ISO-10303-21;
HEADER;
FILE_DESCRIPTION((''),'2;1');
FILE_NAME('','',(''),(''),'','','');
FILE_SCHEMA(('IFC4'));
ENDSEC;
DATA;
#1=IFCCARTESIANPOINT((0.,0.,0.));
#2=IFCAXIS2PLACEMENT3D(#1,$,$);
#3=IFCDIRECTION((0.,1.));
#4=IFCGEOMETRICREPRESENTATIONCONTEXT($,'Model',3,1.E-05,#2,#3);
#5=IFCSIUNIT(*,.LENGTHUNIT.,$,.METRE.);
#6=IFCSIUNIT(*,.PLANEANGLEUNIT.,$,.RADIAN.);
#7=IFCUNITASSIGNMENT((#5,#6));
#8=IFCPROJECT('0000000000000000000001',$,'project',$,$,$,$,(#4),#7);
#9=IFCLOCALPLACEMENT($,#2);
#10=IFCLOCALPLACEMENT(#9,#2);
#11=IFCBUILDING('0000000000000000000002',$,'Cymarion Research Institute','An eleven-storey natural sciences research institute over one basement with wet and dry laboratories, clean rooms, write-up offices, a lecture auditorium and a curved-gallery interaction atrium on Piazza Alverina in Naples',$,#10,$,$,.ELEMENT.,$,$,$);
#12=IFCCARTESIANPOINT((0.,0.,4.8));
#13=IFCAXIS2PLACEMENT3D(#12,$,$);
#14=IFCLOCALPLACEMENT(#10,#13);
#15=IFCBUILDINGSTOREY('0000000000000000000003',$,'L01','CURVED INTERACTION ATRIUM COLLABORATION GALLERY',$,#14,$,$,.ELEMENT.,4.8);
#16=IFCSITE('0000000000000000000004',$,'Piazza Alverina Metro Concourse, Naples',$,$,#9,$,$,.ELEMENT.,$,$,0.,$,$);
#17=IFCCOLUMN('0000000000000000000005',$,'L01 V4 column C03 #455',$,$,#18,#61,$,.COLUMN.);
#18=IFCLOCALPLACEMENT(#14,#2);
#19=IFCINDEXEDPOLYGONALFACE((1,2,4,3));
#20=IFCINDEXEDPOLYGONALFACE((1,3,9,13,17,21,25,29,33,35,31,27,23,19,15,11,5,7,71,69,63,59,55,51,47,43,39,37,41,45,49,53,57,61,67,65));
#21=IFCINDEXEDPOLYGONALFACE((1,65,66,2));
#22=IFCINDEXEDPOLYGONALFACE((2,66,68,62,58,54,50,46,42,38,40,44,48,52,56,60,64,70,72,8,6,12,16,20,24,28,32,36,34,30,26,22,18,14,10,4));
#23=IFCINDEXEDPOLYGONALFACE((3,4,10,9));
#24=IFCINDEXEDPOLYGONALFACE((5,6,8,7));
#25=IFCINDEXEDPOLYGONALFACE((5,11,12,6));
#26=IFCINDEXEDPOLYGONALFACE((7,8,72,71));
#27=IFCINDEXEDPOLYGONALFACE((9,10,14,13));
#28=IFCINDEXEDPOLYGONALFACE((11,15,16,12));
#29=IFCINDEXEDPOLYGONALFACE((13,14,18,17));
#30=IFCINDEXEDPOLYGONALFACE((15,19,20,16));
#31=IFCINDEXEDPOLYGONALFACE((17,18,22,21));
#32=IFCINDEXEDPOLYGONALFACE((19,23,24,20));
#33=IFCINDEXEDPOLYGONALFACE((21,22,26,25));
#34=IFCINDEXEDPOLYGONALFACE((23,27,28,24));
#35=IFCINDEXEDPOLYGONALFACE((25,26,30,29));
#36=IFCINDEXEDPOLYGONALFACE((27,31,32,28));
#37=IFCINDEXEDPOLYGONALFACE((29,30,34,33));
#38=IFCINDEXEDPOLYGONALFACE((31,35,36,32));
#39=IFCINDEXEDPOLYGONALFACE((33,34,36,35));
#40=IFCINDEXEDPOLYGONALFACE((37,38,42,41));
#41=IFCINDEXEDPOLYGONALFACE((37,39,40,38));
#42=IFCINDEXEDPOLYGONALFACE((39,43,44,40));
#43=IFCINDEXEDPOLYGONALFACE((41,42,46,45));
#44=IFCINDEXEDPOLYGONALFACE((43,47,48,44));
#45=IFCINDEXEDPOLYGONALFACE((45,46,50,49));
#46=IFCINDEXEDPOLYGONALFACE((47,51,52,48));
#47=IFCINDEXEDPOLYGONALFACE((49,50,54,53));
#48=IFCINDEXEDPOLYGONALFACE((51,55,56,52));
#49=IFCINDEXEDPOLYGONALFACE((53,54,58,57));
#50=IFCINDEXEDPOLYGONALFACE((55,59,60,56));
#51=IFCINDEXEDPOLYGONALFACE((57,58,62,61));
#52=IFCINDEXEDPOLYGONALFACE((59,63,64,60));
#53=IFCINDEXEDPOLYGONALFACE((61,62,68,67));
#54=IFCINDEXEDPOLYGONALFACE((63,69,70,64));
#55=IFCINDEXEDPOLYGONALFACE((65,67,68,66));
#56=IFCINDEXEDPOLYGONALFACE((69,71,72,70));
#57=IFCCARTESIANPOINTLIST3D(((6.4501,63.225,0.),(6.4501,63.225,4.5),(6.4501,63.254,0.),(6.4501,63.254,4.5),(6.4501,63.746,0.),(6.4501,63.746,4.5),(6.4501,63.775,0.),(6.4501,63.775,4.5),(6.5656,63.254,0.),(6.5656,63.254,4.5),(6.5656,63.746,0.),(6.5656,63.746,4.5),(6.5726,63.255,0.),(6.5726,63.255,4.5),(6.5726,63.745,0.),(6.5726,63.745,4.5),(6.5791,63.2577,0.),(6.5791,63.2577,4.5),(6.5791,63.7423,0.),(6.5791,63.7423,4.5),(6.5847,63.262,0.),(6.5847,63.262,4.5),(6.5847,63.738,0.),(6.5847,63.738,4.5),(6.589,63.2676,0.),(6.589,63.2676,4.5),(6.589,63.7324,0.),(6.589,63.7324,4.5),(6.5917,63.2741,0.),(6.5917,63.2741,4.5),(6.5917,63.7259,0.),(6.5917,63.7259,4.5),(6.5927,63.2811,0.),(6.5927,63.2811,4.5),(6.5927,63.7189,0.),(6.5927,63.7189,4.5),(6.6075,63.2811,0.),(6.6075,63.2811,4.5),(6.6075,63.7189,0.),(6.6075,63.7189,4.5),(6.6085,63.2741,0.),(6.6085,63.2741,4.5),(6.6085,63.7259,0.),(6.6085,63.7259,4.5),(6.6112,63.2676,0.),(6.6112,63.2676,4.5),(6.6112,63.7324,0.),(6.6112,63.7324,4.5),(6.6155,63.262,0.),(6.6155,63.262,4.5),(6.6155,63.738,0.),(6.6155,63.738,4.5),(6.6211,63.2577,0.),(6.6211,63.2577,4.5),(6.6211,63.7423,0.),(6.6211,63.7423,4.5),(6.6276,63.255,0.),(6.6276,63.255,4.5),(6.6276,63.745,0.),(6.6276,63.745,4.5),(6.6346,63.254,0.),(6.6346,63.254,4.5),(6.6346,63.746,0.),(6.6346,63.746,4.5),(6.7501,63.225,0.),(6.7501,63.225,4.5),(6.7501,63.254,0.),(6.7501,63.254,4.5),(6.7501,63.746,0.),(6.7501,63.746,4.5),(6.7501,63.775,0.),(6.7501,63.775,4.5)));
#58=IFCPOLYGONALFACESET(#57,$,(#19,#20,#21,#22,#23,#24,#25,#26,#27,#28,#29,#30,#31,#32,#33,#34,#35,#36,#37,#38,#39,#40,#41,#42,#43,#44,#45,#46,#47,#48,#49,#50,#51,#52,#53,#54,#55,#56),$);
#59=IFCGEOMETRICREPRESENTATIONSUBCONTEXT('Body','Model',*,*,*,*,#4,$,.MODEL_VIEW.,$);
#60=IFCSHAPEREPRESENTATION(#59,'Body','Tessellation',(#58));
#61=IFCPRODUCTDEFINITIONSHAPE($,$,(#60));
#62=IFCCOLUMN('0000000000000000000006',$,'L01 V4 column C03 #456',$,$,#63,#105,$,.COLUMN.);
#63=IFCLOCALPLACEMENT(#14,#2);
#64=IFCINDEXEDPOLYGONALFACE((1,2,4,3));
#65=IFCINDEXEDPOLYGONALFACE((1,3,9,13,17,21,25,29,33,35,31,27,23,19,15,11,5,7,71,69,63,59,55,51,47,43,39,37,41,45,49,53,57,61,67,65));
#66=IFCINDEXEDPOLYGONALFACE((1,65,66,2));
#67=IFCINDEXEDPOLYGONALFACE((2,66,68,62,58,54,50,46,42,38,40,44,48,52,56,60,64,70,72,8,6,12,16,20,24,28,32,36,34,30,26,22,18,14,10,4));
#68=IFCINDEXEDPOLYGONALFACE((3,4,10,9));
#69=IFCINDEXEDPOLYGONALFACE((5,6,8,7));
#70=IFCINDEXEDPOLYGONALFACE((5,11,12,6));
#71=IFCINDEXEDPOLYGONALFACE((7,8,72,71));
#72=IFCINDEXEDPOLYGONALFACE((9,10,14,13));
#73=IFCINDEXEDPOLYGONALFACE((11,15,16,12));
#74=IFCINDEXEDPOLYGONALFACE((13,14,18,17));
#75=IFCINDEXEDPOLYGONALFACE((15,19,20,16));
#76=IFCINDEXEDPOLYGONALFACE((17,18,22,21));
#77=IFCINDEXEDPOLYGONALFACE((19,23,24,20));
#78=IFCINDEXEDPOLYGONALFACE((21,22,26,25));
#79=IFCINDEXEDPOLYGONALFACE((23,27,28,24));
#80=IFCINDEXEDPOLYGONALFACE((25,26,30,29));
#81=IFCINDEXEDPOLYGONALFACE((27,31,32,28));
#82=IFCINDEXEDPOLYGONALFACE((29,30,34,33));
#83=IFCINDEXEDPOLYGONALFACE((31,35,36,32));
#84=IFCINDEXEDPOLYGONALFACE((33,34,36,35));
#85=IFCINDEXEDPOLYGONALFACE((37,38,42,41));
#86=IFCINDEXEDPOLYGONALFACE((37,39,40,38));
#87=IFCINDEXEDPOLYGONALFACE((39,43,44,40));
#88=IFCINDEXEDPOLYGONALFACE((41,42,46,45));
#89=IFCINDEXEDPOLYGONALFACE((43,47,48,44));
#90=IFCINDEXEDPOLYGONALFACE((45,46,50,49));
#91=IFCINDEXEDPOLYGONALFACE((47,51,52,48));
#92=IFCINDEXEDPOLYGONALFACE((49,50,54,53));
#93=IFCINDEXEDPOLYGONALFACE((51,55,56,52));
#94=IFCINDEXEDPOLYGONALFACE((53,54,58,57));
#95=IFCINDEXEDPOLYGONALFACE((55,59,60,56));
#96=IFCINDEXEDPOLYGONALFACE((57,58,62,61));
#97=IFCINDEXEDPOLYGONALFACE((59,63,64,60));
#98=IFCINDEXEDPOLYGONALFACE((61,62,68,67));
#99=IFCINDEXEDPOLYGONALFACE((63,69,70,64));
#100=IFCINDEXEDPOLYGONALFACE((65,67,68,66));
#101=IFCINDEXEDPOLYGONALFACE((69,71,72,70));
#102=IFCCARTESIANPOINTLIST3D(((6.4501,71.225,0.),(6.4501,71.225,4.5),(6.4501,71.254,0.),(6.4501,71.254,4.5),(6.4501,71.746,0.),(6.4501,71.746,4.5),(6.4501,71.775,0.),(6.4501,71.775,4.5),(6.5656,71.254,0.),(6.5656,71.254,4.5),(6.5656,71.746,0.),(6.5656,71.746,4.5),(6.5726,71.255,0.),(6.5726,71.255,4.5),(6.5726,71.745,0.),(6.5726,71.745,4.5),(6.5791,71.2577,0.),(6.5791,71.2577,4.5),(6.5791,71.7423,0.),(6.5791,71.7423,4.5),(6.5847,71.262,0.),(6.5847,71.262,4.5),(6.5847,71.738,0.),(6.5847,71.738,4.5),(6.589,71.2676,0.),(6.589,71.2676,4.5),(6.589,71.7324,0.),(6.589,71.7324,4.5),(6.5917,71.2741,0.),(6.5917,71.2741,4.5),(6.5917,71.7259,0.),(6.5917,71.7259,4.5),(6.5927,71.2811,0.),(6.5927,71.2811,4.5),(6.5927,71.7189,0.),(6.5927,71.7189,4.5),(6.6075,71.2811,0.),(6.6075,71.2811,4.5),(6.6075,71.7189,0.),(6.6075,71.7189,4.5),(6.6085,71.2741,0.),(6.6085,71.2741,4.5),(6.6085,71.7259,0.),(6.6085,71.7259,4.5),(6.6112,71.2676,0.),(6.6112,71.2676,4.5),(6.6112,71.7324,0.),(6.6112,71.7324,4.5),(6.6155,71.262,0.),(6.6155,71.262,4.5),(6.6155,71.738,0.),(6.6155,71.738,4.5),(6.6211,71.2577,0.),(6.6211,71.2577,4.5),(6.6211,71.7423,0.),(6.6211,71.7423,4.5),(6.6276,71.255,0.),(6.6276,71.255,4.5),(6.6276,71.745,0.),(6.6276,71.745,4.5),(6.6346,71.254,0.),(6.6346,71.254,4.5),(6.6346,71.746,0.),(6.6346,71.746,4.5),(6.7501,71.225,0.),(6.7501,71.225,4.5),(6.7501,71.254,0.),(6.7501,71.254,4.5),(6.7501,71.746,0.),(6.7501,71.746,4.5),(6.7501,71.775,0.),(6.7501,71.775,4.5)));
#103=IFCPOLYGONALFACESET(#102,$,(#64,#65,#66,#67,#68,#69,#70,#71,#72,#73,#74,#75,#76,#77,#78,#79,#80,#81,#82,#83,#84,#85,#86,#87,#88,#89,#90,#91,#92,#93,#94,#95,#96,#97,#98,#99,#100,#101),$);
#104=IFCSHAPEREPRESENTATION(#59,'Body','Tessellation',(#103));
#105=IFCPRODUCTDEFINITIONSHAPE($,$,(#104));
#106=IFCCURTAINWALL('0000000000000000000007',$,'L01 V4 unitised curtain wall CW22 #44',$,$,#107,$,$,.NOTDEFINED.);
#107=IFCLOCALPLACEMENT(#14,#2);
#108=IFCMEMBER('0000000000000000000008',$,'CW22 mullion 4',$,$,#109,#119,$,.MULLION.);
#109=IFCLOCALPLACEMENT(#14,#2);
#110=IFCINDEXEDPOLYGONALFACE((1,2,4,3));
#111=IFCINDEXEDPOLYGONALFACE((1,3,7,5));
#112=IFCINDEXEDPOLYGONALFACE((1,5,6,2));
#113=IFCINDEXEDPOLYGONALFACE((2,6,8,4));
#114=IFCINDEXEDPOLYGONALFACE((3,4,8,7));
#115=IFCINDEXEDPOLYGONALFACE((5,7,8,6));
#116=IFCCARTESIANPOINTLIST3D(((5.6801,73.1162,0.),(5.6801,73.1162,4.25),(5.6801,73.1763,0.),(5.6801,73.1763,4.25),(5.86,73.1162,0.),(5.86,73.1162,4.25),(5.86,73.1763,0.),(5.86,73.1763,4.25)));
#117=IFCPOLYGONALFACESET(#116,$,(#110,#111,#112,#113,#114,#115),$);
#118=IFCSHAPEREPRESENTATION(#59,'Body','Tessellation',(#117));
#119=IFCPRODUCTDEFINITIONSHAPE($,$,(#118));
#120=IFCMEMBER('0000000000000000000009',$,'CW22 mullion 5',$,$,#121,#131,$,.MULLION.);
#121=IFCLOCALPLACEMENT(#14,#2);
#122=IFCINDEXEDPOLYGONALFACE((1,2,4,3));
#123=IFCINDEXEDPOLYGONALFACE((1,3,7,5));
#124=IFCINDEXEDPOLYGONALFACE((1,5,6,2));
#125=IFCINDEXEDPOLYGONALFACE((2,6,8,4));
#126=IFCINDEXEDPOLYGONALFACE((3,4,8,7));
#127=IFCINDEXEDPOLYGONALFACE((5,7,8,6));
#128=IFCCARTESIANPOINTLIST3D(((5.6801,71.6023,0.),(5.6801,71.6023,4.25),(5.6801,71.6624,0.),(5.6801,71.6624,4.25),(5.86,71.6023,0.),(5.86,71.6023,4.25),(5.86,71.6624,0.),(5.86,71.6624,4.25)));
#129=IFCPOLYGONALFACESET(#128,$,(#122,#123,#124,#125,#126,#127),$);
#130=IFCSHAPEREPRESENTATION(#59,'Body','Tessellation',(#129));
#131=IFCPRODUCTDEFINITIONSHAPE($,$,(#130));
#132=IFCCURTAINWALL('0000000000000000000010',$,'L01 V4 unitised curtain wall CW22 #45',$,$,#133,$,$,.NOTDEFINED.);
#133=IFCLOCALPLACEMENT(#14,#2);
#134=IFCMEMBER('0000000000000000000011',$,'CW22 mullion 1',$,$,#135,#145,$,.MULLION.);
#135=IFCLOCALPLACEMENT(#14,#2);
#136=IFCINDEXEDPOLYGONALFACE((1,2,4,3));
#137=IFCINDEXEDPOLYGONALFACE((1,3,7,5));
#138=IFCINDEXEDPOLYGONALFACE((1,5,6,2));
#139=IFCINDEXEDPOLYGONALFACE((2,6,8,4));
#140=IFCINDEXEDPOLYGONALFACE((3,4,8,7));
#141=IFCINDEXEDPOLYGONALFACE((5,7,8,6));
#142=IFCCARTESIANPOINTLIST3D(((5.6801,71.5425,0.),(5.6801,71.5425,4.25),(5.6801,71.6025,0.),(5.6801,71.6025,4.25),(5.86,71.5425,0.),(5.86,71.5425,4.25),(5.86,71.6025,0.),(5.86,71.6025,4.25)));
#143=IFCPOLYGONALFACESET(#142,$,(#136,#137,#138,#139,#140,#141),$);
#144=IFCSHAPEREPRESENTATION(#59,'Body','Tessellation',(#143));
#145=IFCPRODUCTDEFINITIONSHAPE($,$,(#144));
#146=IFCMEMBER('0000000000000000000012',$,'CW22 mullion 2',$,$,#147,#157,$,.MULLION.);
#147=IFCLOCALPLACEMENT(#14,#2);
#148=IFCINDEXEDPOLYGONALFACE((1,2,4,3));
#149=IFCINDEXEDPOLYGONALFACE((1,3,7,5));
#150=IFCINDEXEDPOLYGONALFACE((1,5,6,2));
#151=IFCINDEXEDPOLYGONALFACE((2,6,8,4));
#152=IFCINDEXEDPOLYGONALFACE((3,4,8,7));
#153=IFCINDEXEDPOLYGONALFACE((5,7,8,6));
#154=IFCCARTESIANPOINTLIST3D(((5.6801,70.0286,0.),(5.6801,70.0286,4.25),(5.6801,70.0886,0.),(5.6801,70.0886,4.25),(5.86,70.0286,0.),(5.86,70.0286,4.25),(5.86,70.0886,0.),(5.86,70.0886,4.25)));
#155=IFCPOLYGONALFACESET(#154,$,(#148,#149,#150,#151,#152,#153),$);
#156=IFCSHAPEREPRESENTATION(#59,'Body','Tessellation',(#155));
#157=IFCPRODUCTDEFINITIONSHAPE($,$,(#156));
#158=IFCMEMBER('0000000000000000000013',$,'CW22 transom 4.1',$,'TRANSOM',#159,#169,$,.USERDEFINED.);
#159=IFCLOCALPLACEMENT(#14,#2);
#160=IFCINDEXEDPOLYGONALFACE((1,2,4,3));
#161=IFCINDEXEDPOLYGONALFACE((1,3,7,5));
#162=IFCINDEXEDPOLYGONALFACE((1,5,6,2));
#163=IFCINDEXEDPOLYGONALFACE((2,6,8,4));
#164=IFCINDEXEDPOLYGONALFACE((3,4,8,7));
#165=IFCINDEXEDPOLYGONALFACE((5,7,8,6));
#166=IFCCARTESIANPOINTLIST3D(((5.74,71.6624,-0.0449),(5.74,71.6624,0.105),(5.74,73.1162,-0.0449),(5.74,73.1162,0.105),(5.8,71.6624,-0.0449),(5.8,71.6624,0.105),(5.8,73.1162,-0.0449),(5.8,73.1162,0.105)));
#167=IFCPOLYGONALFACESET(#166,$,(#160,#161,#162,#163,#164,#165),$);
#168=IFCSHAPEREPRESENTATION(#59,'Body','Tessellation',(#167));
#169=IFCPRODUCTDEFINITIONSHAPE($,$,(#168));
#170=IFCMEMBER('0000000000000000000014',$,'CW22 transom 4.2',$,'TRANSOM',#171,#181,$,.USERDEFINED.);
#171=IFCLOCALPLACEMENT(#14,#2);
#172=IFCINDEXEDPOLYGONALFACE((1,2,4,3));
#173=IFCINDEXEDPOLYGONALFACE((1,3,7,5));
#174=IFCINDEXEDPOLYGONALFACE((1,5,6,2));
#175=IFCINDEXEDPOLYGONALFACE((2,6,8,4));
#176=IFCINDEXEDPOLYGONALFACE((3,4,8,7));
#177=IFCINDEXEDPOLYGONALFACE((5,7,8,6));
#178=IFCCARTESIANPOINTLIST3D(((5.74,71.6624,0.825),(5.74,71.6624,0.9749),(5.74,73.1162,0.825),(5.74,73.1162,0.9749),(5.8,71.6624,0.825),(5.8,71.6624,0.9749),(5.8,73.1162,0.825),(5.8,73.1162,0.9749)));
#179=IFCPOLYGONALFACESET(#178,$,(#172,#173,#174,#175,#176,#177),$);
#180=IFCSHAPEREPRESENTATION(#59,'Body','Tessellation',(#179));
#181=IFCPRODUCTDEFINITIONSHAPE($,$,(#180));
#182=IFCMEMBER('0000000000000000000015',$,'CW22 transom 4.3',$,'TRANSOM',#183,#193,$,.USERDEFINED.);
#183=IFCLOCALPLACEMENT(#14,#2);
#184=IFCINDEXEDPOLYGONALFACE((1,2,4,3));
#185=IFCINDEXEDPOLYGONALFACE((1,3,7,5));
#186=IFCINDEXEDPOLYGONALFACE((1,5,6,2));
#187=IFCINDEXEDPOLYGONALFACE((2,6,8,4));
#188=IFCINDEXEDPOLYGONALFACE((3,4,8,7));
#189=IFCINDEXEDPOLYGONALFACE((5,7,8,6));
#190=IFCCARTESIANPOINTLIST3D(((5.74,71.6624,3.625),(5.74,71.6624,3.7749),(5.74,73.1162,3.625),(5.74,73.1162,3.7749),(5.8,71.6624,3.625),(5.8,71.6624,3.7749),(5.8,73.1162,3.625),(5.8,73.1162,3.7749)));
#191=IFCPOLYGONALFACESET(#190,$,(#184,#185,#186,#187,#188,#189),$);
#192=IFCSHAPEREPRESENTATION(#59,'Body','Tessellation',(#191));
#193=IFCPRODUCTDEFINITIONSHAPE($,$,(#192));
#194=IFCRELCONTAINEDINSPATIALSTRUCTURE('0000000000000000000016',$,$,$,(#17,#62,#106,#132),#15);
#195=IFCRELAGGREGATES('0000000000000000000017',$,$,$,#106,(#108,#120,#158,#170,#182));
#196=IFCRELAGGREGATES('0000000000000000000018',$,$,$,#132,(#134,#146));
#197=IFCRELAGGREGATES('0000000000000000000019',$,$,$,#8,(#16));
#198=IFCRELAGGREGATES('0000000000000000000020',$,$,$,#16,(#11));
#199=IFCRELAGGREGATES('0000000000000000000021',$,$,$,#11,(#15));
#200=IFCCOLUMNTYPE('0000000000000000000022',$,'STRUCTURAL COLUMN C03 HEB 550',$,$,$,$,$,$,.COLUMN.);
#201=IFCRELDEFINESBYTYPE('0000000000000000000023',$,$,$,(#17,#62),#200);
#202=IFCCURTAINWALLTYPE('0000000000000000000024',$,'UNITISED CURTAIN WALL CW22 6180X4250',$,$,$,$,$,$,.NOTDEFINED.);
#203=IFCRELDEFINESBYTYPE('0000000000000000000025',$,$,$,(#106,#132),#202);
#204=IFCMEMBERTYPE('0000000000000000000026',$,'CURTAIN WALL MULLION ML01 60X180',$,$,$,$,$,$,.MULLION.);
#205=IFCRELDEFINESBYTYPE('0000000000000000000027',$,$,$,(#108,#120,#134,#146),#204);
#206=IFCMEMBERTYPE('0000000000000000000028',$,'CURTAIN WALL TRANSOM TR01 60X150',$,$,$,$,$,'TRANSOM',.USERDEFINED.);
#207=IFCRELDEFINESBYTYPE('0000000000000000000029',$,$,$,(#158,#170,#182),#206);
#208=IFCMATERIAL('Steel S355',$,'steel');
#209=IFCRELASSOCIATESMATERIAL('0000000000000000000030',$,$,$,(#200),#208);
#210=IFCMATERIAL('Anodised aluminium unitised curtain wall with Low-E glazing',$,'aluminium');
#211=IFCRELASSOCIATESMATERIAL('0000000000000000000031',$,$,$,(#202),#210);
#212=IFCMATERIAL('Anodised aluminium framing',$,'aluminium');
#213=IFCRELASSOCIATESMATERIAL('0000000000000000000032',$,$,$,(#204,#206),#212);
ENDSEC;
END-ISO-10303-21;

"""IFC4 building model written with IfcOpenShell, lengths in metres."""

from ifc_helpers import new_model, si_unit, direction, frame, origin, origin_2d, place, context, subcontext, project, spatial, rectangle, i_section, extrude, material, material_profile, profile_set, type_object, element, aggregate, save


model = new_model("IFC4")

# Units and contexts
model_context = context("Model", 3, precision=1e-05, world=origin(), true_north=direction((0.0, 1.0)))
body_context = subcontext(model_context, "Body", "Model", "MODEL_VIEW")
ifc_project = project(units=[si_unit("LENGTHUNIT", "METRE"), si_unit("PLANEANGLEUNIT", "RADIAN")], contexts=[model_context])

# Site, building, storey
site_placement = place(None, origin())
site = spatial("IfcSite", under=ifc_project, at=site_placement, Name="Piazza Alverina Metro Concourse, Naples", CompositionType="ELEMENT", RefElevation=0.0)
building_placement = place(site_placement, origin())
building = spatial("IfcBuilding", under=site, at=building_placement, Name="Cymarion Research Institute", Description="An eleven-storey natural sciences research institute over one basement with wet and dry laboratories, clean rooms, write-up offices, a lecture auditorium and a curved-gallery interaction atrium on Piazza Alverina in Naples", CompositionType="ELEMENT")
storey_placement = place(building_placement, frame((0.0, 0.0, 4.8)))
storey = spatial("IfcBuildingStorey", under=building, at=storey_placement, Name="L01", Description="CURVED INTERACTION ATRIUM COLLABORATION GALLERY", CompositionType="ELEMENT", Elevation=4.8)

# Columns
ifc_material_1 = material(Name="Steel S355", Category="steel")
ifc_material_profile_1 = material_profile(ifc_material_1, i_section(OverallWidth=0.3, OverallDepth=0.55, WebThickness=0.0149, FlangeThickness=0.0291, FilletRadius=0.0271, at=origin_2d()), Name="HEB 550")
ifc_profile_set_1 = profile_set([ifc_material_profile_1], Name="Steel S355")
column_type = type_object("IfcColumnType", Name="STRUCTURAL COLUMN C03 HEB 550", PredefinedType="COLUMN", material=ifc_profile_set_1)
for number, where, z_axis, x_axis, name in (
    (1, (6.6001, 63.5, 0.0), (0.0, 0.0, 1.0), (1.0, 0.0, 0.0), "L01 V4 column C03 #455"),
    (2, (6.6001, 71.5, 0.0), (0.0, 0.0, 1.0), (1.0, 0.0, 0.0), "L01 V4 column C03 #456"),
):
    element("IfcColumn", number, at=place(storey_placement, frame(where, z_axis=z_axis, x_axis=x_axis)), inside=storey, type_object=column_type, Name=name, PredefinedType="COLUMN", context=body_context, shape_type="SweptSolid", body=[
        extrude(i_section(OverallWidth=0.3, OverallDepth=0.55, WebThickness=0.0149, FlangeThickness=0.0291, FilletRadius=0.0271, at=origin_2d()), origin(), (0.0, 0.0, 1.0), 4.5),
    ])

# Curtain walls, members
ifc_material_2 = material(Name="Anodised aluminium unitised curtain wall with Low-E glazing", Category="aluminium")
curtain_wall_type = type_object("IfcCurtainWallType", Name="UNITISED CURTAIN WALL CW22 6180X4250", PredefinedType="NOTDEFINED", material=ifc_material_2)
curtain_wall_1_placement = place(storey_placement, origin())
curtain_wall_1 = element("IfcCurtainWall", 3, at=curtain_wall_1_placement, inside=storey, type_object=curtain_wall_type, Name="L01 V4 unitised curtain wall CW22 #44", PredefinedType="NOTDEFINED")
ifc_material_3 = material(Name="Anodised aluminium framing", Category="aluminium")
ifc_material_profile_2 = material_profile(ifc_material_3, rectangle(XDim=0.0601, YDim=0.1799, at=origin_2d()), Name="ALU MULLION 60x180")
ifc_profile_set_2 = profile_set([ifc_material_profile_2], Name="Anodised aluminium framing")
member_type_1 = type_object("IfcMemberType", Name="CURTAIN WALL MULLION ML01 60X180", PredefinedType="MULLION", material=ifc_profile_set_2)
member_1_placement = place(storey_placement, frame((5.77, 73.1462, 0.0), z_axis=(0.0, 0.0, 1.0), x_axis=(0.0, -1.0, 0.0)))
member_1 = element("IfcMember", 4, at=member_1_placement, type_object=member_type_1, Name="CW22 mullion 4", PredefinedType="MULLION", context=body_context, shape_type="SweptSolid", body=[
    extrude(rectangle(XDim=0.0601, YDim=0.1799, at=origin_2d()), origin(), (0.0, 0.0, 1.0), 4.25),
])
member_2_placement = place(storey_placement, frame((5.77, 71.6323, 0.0), z_axis=(0.0, 0.0, 1.0), x_axis=(0.0, -1.0, 0.0)))
member_2 = element("IfcMember", 5, at=member_2_placement, type_object=member_type_1, Name="CW22 mullion 5", PredefinedType="MULLION", context=body_context, shape_type="SweptSolid", body=[
    extrude(rectangle(XDim=0.0601, YDim=0.1799, at=origin_2d()), origin(), (0.0, 0.0, 1.0), 4.25),
])
curtain_wall_2_placement = place(storey_placement, origin())
curtain_wall_2 = element("IfcCurtainWall", 6, at=curtain_wall_2_placement, inside=storey, type_object=curtain_wall_type, Name="L01 V4 unitised curtain wall CW22 #45", PredefinedType="NOTDEFINED")
member_3_placement = place(storey_placement, frame((5.77, 71.5725, 0.0), z_axis=(0.0, 0.0, 1.0), x_axis=(0.0, -1.0, 0.0)))
member_3 = element("IfcMember", 7, at=member_3_placement, type_object=member_type_1, Name="CW22 mullion 1", PredefinedType="MULLION", context=body_context, shape_type="SweptSolid", body=[
    extrude(rectangle(XDim=0.0601, YDim=0.1799, at=origin_2d()), origin(), (0.0, 0.0, 1.0), 4.25),
])
member_4_placement = place(storey_placement, frame((5.77, 70.0586, 0.0), z_axis=(0.0, 0.0, 1.0), x_axis=(0.0, -1.0, 0.0)))
member_4 = element("IfcMember", 8, at=member_4_placement, type_object=member_type_1, Name="CW22 mullion 2", PredefinedType="MULLION", context=body_context, shape_type="SweptSolid", body=[
    extrude(rectangle(XDim=0.0601, YDim=0.1799, at=origin_2d()), origin(), (0.0, 0.0, 1.0), 4.25),
])

# Members
ifc_material_profile_3 = material_profile(ifc_material_3, rectangle(XDim=0.0601, YDim=0.1499, at=origin_2d()), Name="ALU TRANSOM 60x150")
ifc_profile_set_3 = profile_set([ifc_material_profile_3], Name="Anodised aluminium framing")
member_type_2 = type_object("IfcMemberType", Name="CURTAIN WALL TRANSOM TR01 60X150", ElementType="TRANSOM", PredefinedType="USERDEFINED", material=ifc_profile_set_3)
member_5_placement = place(storey_placement, frame((5.77, 73.1162, 0.03), z_axis=(0.0, -1.0, 0.0), x_axis=(1.0, 0.0, 0.0)))
member_5 = element("IfcMember", 9, at=member_5_placement, type_object=member_type_2, Name="CW22 transom 4.1", ObjectType="TRANSOM", PredefinedType="USERDEFINED", context=body_context, shape_type="SweptSolid", body=[
    extrude(rectangle(XDim=0.0601, YDim=0.1499, at=origin_2d()), origin(), (0.0, 0.0, 1.0), 1.4539),
])
member_6_placement = place(storey_placement, frame((5.77, 73.1162, 0.8999), z_axis=(0.0, -1.0, 0.0), x_axis=(1.0, 0.0, 0.0)))
member_6 = element("IfcMember", 10, at=member_6_placement, type_object=member_type_2, Name="CW22 transom 4.2", ObjectType="TRANSOM", PredefinedType="USERDEFINED", context=body_context, shape_type="SweptSolid", body=[
    extrude(rectangle(XDim=0.0601, YDim=0.1499, at=origin_2d()), origin(), (0.0, 0.0, 1.0), 1.4539),
])
member_7_placement = place(storey_placement, frame((5.77, 73.1162, 3.7), z_axis=(0.0, -1.0, 0.0), x_axis=(1.0, 0.0, 0.0)))
member_7 = element("IfcMember", 11, at=member_7_placement, type_object=member_type_2, Name="CW22 transom 4.3", ObjectType="TRANSOM", PredefinedType="USERDEFINED", context=body_context, shape_type="SweptSolid", body=[
    extrude(rectangle(XDim=0.0601, YDim=0.1499, at=origin_2d()), origin(), (0.0, 0.0, 1.0), 1.4539),
])

aggregate(curtain_wall_1, [member_1, member_2, member_5, member_6, member_7])
aggregate(curtain_wall_2, [member_3, member_4])

save(model, "model.ifc")
